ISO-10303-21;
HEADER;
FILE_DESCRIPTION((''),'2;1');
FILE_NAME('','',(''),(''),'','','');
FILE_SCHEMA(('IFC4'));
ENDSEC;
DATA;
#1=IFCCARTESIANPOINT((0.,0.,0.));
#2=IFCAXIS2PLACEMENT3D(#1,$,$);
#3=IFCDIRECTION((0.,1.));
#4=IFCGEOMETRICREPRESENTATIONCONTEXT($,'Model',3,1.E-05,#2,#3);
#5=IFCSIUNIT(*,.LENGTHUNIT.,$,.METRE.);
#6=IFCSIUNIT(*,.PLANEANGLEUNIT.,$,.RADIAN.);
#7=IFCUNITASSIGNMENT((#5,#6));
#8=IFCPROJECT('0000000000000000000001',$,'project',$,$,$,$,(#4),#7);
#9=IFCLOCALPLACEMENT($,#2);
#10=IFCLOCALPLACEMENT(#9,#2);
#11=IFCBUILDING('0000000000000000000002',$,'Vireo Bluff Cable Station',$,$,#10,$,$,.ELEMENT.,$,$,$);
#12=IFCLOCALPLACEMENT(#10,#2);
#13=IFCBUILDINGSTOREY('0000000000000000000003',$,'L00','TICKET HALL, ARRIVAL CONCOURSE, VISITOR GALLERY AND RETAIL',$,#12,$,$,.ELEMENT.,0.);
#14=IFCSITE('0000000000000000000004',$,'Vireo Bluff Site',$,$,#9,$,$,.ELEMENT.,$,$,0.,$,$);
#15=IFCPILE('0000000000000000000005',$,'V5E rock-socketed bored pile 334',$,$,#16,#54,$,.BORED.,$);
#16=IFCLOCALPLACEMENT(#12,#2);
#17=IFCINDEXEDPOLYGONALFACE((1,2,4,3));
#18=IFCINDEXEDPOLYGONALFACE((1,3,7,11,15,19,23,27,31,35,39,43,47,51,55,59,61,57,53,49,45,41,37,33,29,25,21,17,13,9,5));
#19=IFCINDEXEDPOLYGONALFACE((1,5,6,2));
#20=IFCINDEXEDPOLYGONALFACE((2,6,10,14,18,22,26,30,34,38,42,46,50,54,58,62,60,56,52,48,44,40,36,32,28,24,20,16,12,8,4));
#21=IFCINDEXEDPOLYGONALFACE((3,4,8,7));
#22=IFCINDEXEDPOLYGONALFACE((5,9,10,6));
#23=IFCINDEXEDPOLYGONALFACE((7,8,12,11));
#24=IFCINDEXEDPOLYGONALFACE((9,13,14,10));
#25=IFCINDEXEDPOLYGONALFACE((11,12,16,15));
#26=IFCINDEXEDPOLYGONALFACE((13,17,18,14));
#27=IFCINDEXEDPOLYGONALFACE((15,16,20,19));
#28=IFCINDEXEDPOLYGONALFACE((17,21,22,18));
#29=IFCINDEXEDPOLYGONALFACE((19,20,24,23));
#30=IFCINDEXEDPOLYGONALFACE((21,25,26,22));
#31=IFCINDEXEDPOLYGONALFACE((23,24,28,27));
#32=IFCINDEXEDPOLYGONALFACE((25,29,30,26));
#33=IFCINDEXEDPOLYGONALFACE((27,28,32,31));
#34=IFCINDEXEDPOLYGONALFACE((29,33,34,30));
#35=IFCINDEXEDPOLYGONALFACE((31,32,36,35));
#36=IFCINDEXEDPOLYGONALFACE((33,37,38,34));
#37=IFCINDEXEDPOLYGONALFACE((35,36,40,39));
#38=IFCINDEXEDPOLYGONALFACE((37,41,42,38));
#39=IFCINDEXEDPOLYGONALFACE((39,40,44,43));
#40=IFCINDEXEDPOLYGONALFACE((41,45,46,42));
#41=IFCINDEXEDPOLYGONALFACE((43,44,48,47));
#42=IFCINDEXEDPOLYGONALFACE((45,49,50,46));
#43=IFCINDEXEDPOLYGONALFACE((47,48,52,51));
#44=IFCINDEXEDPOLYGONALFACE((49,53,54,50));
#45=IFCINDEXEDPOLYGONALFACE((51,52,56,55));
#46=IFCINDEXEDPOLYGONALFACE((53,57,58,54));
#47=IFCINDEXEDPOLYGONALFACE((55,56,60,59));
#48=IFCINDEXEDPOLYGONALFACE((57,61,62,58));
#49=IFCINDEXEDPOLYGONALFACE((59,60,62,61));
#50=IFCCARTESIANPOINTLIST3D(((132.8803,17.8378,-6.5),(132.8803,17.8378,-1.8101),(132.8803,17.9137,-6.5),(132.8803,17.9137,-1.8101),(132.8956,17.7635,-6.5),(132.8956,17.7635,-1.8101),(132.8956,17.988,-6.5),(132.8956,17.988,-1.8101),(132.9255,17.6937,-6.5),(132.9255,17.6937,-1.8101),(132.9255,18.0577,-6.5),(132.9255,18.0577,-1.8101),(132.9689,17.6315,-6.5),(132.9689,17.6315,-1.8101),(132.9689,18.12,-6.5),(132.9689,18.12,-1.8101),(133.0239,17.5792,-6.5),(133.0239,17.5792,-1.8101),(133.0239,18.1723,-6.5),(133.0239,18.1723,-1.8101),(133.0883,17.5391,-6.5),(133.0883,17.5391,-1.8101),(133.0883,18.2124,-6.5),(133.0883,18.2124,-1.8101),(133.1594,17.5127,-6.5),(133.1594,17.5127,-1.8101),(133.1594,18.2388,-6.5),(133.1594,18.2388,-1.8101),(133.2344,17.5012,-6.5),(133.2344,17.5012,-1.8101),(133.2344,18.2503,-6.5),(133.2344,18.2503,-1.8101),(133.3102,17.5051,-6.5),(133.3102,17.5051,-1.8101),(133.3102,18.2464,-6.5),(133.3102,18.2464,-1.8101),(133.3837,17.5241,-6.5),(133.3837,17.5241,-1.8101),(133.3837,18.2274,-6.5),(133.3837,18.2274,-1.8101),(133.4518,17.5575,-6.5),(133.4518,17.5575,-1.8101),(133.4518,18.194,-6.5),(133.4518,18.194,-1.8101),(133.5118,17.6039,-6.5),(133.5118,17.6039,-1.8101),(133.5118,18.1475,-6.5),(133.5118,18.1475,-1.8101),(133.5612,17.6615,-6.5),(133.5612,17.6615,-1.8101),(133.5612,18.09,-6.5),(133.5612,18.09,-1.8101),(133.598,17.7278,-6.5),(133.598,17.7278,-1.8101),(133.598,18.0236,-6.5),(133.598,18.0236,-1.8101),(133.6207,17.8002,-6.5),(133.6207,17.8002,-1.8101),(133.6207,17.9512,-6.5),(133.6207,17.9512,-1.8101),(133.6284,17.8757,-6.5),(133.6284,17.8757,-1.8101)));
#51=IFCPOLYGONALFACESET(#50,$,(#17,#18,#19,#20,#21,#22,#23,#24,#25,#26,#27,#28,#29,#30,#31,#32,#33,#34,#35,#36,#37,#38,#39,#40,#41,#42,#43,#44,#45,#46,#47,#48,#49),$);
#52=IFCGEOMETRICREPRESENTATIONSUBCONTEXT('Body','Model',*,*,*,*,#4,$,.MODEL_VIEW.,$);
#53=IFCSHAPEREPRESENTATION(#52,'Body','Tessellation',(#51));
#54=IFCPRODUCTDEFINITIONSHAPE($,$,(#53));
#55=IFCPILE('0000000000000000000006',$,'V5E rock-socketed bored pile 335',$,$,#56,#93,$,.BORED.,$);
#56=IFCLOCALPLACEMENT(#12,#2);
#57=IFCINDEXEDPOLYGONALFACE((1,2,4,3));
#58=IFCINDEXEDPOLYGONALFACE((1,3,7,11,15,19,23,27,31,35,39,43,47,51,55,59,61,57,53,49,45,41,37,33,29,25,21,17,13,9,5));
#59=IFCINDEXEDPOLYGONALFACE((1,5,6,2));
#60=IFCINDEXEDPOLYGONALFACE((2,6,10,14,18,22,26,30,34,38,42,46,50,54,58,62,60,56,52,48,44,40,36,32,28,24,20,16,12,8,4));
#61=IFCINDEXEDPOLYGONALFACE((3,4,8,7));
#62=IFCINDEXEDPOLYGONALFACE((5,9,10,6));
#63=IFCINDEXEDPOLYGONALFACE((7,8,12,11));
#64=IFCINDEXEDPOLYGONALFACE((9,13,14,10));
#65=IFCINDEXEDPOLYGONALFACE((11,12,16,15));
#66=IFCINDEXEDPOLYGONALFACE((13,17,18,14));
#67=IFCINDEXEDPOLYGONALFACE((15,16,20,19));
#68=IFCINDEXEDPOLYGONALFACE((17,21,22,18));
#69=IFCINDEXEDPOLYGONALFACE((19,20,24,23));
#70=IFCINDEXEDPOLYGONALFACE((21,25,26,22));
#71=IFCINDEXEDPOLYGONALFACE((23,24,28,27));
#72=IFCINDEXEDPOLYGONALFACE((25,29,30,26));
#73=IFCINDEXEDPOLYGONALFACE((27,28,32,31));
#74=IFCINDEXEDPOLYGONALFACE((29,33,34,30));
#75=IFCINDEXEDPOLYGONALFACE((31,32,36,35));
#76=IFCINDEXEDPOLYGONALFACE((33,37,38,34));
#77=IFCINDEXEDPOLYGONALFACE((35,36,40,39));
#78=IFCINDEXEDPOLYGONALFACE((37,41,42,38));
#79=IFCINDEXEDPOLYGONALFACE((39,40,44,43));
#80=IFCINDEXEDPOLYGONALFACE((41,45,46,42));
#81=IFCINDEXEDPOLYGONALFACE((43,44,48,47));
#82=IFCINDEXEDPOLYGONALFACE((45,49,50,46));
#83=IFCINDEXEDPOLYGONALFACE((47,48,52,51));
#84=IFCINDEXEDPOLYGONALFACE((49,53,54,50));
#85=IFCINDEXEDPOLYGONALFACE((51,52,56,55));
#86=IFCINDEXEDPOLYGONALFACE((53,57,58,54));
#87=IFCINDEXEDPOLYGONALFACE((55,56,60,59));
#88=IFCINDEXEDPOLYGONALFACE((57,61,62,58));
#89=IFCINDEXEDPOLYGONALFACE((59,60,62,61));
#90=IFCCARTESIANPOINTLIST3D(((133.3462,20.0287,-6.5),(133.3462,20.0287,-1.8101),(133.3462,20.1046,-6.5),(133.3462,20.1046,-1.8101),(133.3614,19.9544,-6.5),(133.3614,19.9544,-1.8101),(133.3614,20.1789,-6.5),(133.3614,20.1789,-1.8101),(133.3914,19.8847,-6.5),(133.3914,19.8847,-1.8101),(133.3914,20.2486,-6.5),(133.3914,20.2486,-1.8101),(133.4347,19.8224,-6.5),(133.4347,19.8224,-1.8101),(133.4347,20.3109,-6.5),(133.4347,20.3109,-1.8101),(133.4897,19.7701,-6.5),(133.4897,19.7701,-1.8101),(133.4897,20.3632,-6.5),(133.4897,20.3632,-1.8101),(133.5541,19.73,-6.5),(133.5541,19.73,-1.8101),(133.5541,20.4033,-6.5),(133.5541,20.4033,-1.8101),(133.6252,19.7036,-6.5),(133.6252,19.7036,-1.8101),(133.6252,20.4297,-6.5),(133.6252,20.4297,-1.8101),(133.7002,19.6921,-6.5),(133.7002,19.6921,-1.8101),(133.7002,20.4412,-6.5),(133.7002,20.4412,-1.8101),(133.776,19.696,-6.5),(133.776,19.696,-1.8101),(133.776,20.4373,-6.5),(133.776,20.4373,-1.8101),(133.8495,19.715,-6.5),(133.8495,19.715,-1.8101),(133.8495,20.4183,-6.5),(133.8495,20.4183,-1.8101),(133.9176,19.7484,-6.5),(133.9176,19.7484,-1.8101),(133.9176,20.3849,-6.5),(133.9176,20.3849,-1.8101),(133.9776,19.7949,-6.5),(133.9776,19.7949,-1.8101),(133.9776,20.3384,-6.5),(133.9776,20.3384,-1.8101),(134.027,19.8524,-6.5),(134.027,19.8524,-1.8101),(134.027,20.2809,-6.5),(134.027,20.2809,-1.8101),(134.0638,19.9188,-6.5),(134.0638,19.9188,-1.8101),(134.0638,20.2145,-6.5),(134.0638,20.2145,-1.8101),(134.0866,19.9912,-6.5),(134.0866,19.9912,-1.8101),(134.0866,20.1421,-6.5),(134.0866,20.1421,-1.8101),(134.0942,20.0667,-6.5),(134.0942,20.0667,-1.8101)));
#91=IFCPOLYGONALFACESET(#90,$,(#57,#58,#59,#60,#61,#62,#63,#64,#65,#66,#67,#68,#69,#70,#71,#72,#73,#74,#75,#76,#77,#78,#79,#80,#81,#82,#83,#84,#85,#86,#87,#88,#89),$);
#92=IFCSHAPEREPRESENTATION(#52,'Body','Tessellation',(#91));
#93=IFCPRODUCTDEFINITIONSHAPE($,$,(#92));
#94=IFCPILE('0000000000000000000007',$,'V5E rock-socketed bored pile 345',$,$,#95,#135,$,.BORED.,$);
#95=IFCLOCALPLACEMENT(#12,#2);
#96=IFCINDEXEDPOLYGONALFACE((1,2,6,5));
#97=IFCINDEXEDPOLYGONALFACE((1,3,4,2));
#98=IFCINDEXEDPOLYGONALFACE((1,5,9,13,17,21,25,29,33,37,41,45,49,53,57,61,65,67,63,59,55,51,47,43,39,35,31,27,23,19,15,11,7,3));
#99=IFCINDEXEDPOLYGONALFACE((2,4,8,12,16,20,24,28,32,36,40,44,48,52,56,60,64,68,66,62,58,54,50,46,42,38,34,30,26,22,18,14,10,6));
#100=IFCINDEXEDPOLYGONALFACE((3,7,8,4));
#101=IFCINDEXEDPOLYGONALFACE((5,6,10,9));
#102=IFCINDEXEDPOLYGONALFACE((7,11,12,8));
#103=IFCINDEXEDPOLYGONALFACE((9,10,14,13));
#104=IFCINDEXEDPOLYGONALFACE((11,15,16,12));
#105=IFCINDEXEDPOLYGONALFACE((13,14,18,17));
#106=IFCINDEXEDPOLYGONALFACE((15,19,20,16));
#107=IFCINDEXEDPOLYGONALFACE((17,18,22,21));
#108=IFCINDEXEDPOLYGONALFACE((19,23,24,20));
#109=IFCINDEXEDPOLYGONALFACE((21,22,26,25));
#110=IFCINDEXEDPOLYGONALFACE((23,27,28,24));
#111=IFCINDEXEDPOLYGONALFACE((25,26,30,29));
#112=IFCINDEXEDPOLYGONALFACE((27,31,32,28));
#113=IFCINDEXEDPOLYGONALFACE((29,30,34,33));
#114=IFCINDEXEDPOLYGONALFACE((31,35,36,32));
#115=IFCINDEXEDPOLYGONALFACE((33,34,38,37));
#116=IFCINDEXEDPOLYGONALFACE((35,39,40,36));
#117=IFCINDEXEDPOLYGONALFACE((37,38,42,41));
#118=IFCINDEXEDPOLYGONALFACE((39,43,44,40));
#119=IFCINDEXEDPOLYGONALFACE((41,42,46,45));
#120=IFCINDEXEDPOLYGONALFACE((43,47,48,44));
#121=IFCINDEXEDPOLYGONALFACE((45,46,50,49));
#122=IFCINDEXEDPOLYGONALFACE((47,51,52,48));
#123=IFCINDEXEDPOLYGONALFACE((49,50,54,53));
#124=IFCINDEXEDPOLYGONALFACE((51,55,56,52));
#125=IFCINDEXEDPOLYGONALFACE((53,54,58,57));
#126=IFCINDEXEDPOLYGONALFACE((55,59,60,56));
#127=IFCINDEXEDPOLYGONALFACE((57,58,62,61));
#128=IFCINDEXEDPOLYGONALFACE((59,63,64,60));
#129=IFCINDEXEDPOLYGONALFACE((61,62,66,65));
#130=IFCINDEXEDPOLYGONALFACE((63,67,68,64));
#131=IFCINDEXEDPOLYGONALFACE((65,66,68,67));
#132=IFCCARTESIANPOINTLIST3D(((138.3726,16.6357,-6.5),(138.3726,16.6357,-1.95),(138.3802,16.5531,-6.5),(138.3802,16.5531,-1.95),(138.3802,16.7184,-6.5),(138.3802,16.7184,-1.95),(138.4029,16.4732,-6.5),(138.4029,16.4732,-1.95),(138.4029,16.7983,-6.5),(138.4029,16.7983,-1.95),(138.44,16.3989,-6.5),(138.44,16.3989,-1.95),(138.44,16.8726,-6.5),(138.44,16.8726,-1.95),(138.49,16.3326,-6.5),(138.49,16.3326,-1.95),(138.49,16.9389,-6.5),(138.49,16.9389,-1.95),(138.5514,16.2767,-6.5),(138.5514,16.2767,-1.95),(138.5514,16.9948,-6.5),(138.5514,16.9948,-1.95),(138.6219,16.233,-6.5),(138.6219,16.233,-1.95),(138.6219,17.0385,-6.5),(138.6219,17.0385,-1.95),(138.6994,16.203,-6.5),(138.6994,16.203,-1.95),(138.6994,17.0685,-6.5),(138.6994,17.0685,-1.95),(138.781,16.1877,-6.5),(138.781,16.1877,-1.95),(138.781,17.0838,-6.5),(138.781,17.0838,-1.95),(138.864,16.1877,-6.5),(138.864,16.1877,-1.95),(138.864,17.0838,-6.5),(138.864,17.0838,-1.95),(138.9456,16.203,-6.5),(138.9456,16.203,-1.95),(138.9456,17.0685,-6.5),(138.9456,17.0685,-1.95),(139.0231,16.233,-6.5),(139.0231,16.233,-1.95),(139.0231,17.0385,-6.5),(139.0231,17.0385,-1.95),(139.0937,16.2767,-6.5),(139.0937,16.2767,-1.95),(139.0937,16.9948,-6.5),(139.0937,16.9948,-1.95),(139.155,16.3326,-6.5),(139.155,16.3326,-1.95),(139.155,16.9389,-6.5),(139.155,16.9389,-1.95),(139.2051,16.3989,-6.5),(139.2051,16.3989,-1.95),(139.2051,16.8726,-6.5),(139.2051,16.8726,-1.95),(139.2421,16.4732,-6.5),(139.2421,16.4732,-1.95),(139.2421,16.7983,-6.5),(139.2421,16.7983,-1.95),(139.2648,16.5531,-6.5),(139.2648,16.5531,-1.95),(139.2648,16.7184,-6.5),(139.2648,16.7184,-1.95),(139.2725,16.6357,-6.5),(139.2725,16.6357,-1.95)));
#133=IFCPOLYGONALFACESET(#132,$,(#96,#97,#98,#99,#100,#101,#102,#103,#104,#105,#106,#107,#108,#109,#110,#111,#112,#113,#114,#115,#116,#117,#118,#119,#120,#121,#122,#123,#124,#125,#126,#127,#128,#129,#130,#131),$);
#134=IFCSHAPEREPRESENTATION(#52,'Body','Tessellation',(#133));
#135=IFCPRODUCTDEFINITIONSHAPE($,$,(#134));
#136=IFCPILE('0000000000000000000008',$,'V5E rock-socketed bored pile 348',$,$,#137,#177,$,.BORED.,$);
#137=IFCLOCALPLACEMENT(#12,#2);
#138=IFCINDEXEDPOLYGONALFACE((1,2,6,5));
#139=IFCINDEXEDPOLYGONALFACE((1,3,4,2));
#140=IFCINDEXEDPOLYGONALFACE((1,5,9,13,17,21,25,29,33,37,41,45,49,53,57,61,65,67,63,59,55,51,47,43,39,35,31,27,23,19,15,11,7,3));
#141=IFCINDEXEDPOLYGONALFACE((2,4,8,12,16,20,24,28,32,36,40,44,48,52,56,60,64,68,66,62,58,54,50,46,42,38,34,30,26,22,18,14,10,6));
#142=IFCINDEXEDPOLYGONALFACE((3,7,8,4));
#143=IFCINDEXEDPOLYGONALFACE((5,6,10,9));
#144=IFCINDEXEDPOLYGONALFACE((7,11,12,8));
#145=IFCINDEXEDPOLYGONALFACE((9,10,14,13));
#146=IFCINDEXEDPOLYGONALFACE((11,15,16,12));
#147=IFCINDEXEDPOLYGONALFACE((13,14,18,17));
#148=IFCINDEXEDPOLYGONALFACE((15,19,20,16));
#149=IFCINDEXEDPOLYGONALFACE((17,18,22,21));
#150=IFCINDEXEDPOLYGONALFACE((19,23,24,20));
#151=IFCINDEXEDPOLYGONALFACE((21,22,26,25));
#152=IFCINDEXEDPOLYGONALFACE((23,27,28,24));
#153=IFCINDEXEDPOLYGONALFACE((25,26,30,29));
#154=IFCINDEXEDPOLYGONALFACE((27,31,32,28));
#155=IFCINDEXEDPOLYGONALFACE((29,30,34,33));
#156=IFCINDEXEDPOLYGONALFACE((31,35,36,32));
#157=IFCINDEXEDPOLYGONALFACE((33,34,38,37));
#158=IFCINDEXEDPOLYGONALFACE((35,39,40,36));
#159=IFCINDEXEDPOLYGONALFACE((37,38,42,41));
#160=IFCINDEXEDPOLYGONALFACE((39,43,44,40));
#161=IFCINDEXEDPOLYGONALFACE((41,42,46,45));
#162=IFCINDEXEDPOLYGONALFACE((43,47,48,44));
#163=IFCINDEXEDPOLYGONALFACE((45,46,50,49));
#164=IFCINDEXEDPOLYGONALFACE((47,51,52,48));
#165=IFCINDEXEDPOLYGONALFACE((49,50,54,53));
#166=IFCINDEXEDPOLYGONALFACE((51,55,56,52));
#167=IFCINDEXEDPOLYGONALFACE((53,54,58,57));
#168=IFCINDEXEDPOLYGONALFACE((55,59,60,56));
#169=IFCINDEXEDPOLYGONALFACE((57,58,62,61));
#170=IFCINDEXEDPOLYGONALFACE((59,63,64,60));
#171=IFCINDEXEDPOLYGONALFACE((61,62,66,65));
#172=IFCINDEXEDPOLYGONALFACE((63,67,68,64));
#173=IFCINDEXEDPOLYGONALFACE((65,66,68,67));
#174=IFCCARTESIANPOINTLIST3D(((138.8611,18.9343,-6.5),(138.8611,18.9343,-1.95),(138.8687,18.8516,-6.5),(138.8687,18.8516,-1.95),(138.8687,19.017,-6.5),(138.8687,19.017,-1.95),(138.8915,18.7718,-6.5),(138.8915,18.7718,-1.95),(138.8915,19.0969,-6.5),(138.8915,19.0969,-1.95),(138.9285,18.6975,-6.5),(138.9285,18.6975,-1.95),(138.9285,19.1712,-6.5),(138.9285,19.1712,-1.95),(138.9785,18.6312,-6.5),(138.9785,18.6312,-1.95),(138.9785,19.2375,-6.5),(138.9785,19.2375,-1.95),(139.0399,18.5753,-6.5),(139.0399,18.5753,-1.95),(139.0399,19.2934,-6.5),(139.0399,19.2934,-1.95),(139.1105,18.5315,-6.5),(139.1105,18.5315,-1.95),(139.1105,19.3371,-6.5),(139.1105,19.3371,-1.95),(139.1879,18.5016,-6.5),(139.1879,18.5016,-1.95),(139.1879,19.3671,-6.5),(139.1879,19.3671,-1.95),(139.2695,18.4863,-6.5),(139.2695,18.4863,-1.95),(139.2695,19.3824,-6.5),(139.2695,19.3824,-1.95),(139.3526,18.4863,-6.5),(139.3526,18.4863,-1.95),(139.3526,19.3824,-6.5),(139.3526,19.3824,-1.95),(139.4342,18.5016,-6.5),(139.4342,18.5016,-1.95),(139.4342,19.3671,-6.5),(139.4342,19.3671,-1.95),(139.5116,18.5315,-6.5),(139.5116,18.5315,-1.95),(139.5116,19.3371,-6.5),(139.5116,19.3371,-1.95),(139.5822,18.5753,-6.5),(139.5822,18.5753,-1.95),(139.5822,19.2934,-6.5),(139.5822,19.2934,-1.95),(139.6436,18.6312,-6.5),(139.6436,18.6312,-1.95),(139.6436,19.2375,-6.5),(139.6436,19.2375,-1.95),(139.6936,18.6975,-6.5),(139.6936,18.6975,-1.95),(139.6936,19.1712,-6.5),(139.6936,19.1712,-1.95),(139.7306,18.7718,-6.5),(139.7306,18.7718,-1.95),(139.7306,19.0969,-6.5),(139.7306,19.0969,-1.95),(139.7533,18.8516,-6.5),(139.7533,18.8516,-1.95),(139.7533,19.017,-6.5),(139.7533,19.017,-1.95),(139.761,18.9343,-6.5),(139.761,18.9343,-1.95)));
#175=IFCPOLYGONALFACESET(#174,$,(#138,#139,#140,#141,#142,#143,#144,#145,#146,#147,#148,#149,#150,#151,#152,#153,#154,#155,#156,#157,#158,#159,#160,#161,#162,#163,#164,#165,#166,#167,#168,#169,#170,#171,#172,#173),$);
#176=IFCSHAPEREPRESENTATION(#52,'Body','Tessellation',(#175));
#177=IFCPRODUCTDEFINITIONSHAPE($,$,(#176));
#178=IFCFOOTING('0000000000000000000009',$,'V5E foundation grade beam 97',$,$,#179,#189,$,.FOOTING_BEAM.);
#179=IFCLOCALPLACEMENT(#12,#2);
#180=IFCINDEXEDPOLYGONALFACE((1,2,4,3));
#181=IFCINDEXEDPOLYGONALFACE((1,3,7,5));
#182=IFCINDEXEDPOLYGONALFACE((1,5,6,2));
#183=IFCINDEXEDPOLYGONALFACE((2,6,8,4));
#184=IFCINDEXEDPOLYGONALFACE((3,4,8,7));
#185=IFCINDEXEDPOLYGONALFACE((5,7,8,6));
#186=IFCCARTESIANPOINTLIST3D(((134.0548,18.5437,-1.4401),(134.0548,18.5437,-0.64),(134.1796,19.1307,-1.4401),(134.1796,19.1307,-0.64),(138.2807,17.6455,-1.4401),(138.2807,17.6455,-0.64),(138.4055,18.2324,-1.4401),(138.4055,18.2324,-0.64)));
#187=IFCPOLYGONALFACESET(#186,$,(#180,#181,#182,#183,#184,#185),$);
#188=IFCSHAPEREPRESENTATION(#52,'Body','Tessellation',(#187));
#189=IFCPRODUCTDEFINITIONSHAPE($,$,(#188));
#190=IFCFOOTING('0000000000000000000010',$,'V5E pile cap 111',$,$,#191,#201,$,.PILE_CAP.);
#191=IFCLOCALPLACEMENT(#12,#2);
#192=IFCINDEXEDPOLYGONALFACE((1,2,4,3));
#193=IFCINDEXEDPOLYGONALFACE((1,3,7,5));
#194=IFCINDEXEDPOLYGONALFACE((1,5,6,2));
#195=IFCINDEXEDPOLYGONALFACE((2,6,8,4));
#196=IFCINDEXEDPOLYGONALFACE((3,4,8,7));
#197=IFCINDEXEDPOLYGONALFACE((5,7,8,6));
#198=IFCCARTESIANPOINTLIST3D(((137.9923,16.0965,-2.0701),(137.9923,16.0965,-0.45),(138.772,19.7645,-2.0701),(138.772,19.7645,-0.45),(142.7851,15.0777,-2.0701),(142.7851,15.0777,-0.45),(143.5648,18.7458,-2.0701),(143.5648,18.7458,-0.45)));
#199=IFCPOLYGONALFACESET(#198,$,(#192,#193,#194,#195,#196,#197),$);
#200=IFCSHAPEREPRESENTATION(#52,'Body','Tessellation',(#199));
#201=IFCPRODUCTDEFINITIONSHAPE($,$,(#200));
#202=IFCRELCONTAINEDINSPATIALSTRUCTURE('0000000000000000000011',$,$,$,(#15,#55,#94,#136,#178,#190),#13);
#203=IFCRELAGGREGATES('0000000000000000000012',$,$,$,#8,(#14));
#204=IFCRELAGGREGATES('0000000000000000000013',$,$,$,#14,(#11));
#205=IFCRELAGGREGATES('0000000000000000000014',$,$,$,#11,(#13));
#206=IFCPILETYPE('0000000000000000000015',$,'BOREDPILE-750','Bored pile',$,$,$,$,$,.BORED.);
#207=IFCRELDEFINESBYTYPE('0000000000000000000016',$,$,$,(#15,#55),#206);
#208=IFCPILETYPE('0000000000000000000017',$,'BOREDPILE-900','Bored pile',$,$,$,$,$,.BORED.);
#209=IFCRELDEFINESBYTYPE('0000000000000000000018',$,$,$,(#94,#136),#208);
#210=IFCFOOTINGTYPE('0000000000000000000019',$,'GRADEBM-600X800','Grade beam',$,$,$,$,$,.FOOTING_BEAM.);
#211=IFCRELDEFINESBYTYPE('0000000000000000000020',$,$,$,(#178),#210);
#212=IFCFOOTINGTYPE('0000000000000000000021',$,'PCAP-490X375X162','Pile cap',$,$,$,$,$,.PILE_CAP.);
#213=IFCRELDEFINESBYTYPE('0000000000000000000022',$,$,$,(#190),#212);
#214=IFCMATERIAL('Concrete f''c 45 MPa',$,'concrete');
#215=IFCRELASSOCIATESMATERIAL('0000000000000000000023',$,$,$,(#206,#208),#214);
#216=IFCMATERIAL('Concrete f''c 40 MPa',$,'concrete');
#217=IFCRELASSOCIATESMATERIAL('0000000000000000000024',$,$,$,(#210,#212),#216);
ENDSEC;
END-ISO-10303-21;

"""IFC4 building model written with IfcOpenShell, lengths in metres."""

from ifc_helpers import new_model, si_unit, direction, frame, origin, origin_2d, place, context, subcontext, project, spatial, rectangle, circle, extrude, material, material_profile, profile_set, type_object, element, save


model = new_model("IFC4")

# Units and contexts
model_context = context("Model", 3, precision=1e-05, world=origin(), true_north=direction((0.0, 1.0)))
body_context = subcontext(model_context, "Body", "Model", "MODEL_VIEW")
ifc_project = project(units=[si_unit("LENGTHUNIT", "METRE"), si_unit("PLANEANGLEUNIT", "RADIAN")], contexts=[model_context])

# Site, building, storey
site_placement = place(None, origin())
site = spatial("IfcSite", under=ifc_project, at=site_placement, Name="Vireo Bluff Site", CompositionType="ELEMENT", RefElevation=0.0)
building_placement = place(site_placement, origin())
building = spatial("IfcBuilding", under=site, at=building_placement, Name="Vireo Bluff Cable Station", CompositionType="ELEMENT")
storey_placement = place(building_placement, origin())
storey = spatial("IfcBuildingStorey", under=building, at=storey_placement, Name="L00", Description="TICKET HALL, ARRIVAL CONCOURSE, VISITOR GALLERY AND RETAIL", CompositionType="ELEMENT", Elevation=0.0)

# Piles
ifc_material_1 = material(Name="Concrete f'c 45 MPa", Category="concrete")
ifc_material_profile_1 = material_profile(ifc_material_1, circle(Radius=0.375, at=origin_2d()), Name="BOREDPILE-750")
ifc_profile_set_1 = profile_set([ifc_material_profile_1], Name="Concrete f'c 45 MPa")
pile_type_1 = type_object("IfcPileType", Name="BOREDPILE-750", Description="Bored pile", PredefinedType="BORED", material=ifc_profile_set_1)
for number, where, z_axis, x_axis, name in (
    (1, (133.2534, 17.8757, -1.8101), (0.0, 0.0, -1.0), (1.0, 0.0, 0.0), "V5E rock-socketed bored pile 334"),
    (2, (133.7192, 20.0667, -1.8101), (0.0, 0.0, -1.0), (1.0, 0.0, 0.0), "V5E rock-socketed bored pile 335"),
):
    element("IfcPile", number, at=place(storey_placement, frame(where, z_axis=z_axis, x_axis=x_axis)), inside=storey, type_object=pile_type_1, Name=name, PredefinedType="BORED", context=body_context, shape_type="SweptSolid", body=[
        extrude(circle(Radius=0.375, at=origin_2d()), origin(), (0.0, 0.0, 1.0), 4.6899),
    ])
ifc_material_profile_2 = material_profile(ifc_material_1, circle(Radius=0.45, at=origin_2d()), Name="BOREDPILE-900")
ifc_profile_set_2 = profile_set([ifc_material_profile_2], Name="Concrete f'c 45 MPa")
pile_type_2 = type_object("IfcPileType", Name="BOREDPILE-900", Description="Bored pile", PredefinedType="BORED", material=ifc_profile_set_2)
for number, where, z_axis, x_axis, name in (
    (3, (138.8225, 16.6357, -1.95), (0.0, 0.0, -1.0), (1.0, 0.0, 0.0), "V5E rock-socketed bored pile 345"),
    (4, (139.311, 18.9343, -1.95), (0.0, 0.0, -1.0), (1.0, 0.0, 0.0), "V5E rock-socketed bored pile 348"),
):
    element("IfcPile", number, at=place(storey_placement, frame(where, z_axis=z_axis, x_axis=x_axis)), inside=storey, type_object=pile_type_2, Name=name, PredefinedType="BORED", context=body_context, shape_type="SweptSolid", body=[
        extrude(circle(Radius=0.45, at=origin_2d()), origin(), (0.0, 0.0, 1.0), 4.55),
    ])

# Footings
ifc_material_2 = material(Name="Concrete f'c 40 MPa", Category="concrete")
ifc_material_profile_3 = material_profile(ifc_material_2, rectangle(XDim=0.6001, YDim=0.8, at=origin_2d()), Name="GRADEBM-600X800")
ifc_profile_set_3 = profile_set([ifc_material_profile_3], Name="Concrete f'c 40 MPa")
footing_type_1 = type_object("IfcFootingType", Name="GRADEBM-600X800", Description="Grade beam", PredefinedType="FOOTING_BEAM", material=ifc_profile_set_3)
footing_1_placement = place(storey_placement, frame((134.1172, 18.8372, -1.04), z_axis=(0.978149, -0.207904, 0.0), x_axis=(0.207904, 0.978149, 0.0)))
element("IfcFooting", 5, at=footing_1_placement, inside=storey, type_object=footing_type_1, Name="V5E foundation grade beam 97", PredefinedType="FOOTING_BEAM", context=body_context, shape_type="SweptSolid", body=[
    extrude(rectangle(XDim=0.6001, YDim=0.8, at=origin_2d()), origin(), (0.0, 0.0, 1.0), 4.3203),
])
footing_type_2 = type_object("IfcFootingType", Name="PCAP-490X375X162", Description="Pile cap", PredefinedType="PILE_CAP", material=ifc_material_2)
footing_2_placement = place(storey_placement, frame((140.7786, 17.4211, -2.0701), z_axis=(0.0, 0.0, 1.0), x_axis=(0.978148, -0.207912, 0.0)))
element("IfcFooting", 6, at=footing_2_placement, inside=storey, type_object=footing_type_2, Name="V5E pile cap 111", PredefinedType="PILE_CAP", context=body_context, shape_type="SweptSolid", body=[
    extrude(rectangle(XDim=4.8999, YDim=3.75, at=origin_2d()), origin(), (0.0, 0.0, 1.0), 1.6201),
])

save(model, "model.ifc")
